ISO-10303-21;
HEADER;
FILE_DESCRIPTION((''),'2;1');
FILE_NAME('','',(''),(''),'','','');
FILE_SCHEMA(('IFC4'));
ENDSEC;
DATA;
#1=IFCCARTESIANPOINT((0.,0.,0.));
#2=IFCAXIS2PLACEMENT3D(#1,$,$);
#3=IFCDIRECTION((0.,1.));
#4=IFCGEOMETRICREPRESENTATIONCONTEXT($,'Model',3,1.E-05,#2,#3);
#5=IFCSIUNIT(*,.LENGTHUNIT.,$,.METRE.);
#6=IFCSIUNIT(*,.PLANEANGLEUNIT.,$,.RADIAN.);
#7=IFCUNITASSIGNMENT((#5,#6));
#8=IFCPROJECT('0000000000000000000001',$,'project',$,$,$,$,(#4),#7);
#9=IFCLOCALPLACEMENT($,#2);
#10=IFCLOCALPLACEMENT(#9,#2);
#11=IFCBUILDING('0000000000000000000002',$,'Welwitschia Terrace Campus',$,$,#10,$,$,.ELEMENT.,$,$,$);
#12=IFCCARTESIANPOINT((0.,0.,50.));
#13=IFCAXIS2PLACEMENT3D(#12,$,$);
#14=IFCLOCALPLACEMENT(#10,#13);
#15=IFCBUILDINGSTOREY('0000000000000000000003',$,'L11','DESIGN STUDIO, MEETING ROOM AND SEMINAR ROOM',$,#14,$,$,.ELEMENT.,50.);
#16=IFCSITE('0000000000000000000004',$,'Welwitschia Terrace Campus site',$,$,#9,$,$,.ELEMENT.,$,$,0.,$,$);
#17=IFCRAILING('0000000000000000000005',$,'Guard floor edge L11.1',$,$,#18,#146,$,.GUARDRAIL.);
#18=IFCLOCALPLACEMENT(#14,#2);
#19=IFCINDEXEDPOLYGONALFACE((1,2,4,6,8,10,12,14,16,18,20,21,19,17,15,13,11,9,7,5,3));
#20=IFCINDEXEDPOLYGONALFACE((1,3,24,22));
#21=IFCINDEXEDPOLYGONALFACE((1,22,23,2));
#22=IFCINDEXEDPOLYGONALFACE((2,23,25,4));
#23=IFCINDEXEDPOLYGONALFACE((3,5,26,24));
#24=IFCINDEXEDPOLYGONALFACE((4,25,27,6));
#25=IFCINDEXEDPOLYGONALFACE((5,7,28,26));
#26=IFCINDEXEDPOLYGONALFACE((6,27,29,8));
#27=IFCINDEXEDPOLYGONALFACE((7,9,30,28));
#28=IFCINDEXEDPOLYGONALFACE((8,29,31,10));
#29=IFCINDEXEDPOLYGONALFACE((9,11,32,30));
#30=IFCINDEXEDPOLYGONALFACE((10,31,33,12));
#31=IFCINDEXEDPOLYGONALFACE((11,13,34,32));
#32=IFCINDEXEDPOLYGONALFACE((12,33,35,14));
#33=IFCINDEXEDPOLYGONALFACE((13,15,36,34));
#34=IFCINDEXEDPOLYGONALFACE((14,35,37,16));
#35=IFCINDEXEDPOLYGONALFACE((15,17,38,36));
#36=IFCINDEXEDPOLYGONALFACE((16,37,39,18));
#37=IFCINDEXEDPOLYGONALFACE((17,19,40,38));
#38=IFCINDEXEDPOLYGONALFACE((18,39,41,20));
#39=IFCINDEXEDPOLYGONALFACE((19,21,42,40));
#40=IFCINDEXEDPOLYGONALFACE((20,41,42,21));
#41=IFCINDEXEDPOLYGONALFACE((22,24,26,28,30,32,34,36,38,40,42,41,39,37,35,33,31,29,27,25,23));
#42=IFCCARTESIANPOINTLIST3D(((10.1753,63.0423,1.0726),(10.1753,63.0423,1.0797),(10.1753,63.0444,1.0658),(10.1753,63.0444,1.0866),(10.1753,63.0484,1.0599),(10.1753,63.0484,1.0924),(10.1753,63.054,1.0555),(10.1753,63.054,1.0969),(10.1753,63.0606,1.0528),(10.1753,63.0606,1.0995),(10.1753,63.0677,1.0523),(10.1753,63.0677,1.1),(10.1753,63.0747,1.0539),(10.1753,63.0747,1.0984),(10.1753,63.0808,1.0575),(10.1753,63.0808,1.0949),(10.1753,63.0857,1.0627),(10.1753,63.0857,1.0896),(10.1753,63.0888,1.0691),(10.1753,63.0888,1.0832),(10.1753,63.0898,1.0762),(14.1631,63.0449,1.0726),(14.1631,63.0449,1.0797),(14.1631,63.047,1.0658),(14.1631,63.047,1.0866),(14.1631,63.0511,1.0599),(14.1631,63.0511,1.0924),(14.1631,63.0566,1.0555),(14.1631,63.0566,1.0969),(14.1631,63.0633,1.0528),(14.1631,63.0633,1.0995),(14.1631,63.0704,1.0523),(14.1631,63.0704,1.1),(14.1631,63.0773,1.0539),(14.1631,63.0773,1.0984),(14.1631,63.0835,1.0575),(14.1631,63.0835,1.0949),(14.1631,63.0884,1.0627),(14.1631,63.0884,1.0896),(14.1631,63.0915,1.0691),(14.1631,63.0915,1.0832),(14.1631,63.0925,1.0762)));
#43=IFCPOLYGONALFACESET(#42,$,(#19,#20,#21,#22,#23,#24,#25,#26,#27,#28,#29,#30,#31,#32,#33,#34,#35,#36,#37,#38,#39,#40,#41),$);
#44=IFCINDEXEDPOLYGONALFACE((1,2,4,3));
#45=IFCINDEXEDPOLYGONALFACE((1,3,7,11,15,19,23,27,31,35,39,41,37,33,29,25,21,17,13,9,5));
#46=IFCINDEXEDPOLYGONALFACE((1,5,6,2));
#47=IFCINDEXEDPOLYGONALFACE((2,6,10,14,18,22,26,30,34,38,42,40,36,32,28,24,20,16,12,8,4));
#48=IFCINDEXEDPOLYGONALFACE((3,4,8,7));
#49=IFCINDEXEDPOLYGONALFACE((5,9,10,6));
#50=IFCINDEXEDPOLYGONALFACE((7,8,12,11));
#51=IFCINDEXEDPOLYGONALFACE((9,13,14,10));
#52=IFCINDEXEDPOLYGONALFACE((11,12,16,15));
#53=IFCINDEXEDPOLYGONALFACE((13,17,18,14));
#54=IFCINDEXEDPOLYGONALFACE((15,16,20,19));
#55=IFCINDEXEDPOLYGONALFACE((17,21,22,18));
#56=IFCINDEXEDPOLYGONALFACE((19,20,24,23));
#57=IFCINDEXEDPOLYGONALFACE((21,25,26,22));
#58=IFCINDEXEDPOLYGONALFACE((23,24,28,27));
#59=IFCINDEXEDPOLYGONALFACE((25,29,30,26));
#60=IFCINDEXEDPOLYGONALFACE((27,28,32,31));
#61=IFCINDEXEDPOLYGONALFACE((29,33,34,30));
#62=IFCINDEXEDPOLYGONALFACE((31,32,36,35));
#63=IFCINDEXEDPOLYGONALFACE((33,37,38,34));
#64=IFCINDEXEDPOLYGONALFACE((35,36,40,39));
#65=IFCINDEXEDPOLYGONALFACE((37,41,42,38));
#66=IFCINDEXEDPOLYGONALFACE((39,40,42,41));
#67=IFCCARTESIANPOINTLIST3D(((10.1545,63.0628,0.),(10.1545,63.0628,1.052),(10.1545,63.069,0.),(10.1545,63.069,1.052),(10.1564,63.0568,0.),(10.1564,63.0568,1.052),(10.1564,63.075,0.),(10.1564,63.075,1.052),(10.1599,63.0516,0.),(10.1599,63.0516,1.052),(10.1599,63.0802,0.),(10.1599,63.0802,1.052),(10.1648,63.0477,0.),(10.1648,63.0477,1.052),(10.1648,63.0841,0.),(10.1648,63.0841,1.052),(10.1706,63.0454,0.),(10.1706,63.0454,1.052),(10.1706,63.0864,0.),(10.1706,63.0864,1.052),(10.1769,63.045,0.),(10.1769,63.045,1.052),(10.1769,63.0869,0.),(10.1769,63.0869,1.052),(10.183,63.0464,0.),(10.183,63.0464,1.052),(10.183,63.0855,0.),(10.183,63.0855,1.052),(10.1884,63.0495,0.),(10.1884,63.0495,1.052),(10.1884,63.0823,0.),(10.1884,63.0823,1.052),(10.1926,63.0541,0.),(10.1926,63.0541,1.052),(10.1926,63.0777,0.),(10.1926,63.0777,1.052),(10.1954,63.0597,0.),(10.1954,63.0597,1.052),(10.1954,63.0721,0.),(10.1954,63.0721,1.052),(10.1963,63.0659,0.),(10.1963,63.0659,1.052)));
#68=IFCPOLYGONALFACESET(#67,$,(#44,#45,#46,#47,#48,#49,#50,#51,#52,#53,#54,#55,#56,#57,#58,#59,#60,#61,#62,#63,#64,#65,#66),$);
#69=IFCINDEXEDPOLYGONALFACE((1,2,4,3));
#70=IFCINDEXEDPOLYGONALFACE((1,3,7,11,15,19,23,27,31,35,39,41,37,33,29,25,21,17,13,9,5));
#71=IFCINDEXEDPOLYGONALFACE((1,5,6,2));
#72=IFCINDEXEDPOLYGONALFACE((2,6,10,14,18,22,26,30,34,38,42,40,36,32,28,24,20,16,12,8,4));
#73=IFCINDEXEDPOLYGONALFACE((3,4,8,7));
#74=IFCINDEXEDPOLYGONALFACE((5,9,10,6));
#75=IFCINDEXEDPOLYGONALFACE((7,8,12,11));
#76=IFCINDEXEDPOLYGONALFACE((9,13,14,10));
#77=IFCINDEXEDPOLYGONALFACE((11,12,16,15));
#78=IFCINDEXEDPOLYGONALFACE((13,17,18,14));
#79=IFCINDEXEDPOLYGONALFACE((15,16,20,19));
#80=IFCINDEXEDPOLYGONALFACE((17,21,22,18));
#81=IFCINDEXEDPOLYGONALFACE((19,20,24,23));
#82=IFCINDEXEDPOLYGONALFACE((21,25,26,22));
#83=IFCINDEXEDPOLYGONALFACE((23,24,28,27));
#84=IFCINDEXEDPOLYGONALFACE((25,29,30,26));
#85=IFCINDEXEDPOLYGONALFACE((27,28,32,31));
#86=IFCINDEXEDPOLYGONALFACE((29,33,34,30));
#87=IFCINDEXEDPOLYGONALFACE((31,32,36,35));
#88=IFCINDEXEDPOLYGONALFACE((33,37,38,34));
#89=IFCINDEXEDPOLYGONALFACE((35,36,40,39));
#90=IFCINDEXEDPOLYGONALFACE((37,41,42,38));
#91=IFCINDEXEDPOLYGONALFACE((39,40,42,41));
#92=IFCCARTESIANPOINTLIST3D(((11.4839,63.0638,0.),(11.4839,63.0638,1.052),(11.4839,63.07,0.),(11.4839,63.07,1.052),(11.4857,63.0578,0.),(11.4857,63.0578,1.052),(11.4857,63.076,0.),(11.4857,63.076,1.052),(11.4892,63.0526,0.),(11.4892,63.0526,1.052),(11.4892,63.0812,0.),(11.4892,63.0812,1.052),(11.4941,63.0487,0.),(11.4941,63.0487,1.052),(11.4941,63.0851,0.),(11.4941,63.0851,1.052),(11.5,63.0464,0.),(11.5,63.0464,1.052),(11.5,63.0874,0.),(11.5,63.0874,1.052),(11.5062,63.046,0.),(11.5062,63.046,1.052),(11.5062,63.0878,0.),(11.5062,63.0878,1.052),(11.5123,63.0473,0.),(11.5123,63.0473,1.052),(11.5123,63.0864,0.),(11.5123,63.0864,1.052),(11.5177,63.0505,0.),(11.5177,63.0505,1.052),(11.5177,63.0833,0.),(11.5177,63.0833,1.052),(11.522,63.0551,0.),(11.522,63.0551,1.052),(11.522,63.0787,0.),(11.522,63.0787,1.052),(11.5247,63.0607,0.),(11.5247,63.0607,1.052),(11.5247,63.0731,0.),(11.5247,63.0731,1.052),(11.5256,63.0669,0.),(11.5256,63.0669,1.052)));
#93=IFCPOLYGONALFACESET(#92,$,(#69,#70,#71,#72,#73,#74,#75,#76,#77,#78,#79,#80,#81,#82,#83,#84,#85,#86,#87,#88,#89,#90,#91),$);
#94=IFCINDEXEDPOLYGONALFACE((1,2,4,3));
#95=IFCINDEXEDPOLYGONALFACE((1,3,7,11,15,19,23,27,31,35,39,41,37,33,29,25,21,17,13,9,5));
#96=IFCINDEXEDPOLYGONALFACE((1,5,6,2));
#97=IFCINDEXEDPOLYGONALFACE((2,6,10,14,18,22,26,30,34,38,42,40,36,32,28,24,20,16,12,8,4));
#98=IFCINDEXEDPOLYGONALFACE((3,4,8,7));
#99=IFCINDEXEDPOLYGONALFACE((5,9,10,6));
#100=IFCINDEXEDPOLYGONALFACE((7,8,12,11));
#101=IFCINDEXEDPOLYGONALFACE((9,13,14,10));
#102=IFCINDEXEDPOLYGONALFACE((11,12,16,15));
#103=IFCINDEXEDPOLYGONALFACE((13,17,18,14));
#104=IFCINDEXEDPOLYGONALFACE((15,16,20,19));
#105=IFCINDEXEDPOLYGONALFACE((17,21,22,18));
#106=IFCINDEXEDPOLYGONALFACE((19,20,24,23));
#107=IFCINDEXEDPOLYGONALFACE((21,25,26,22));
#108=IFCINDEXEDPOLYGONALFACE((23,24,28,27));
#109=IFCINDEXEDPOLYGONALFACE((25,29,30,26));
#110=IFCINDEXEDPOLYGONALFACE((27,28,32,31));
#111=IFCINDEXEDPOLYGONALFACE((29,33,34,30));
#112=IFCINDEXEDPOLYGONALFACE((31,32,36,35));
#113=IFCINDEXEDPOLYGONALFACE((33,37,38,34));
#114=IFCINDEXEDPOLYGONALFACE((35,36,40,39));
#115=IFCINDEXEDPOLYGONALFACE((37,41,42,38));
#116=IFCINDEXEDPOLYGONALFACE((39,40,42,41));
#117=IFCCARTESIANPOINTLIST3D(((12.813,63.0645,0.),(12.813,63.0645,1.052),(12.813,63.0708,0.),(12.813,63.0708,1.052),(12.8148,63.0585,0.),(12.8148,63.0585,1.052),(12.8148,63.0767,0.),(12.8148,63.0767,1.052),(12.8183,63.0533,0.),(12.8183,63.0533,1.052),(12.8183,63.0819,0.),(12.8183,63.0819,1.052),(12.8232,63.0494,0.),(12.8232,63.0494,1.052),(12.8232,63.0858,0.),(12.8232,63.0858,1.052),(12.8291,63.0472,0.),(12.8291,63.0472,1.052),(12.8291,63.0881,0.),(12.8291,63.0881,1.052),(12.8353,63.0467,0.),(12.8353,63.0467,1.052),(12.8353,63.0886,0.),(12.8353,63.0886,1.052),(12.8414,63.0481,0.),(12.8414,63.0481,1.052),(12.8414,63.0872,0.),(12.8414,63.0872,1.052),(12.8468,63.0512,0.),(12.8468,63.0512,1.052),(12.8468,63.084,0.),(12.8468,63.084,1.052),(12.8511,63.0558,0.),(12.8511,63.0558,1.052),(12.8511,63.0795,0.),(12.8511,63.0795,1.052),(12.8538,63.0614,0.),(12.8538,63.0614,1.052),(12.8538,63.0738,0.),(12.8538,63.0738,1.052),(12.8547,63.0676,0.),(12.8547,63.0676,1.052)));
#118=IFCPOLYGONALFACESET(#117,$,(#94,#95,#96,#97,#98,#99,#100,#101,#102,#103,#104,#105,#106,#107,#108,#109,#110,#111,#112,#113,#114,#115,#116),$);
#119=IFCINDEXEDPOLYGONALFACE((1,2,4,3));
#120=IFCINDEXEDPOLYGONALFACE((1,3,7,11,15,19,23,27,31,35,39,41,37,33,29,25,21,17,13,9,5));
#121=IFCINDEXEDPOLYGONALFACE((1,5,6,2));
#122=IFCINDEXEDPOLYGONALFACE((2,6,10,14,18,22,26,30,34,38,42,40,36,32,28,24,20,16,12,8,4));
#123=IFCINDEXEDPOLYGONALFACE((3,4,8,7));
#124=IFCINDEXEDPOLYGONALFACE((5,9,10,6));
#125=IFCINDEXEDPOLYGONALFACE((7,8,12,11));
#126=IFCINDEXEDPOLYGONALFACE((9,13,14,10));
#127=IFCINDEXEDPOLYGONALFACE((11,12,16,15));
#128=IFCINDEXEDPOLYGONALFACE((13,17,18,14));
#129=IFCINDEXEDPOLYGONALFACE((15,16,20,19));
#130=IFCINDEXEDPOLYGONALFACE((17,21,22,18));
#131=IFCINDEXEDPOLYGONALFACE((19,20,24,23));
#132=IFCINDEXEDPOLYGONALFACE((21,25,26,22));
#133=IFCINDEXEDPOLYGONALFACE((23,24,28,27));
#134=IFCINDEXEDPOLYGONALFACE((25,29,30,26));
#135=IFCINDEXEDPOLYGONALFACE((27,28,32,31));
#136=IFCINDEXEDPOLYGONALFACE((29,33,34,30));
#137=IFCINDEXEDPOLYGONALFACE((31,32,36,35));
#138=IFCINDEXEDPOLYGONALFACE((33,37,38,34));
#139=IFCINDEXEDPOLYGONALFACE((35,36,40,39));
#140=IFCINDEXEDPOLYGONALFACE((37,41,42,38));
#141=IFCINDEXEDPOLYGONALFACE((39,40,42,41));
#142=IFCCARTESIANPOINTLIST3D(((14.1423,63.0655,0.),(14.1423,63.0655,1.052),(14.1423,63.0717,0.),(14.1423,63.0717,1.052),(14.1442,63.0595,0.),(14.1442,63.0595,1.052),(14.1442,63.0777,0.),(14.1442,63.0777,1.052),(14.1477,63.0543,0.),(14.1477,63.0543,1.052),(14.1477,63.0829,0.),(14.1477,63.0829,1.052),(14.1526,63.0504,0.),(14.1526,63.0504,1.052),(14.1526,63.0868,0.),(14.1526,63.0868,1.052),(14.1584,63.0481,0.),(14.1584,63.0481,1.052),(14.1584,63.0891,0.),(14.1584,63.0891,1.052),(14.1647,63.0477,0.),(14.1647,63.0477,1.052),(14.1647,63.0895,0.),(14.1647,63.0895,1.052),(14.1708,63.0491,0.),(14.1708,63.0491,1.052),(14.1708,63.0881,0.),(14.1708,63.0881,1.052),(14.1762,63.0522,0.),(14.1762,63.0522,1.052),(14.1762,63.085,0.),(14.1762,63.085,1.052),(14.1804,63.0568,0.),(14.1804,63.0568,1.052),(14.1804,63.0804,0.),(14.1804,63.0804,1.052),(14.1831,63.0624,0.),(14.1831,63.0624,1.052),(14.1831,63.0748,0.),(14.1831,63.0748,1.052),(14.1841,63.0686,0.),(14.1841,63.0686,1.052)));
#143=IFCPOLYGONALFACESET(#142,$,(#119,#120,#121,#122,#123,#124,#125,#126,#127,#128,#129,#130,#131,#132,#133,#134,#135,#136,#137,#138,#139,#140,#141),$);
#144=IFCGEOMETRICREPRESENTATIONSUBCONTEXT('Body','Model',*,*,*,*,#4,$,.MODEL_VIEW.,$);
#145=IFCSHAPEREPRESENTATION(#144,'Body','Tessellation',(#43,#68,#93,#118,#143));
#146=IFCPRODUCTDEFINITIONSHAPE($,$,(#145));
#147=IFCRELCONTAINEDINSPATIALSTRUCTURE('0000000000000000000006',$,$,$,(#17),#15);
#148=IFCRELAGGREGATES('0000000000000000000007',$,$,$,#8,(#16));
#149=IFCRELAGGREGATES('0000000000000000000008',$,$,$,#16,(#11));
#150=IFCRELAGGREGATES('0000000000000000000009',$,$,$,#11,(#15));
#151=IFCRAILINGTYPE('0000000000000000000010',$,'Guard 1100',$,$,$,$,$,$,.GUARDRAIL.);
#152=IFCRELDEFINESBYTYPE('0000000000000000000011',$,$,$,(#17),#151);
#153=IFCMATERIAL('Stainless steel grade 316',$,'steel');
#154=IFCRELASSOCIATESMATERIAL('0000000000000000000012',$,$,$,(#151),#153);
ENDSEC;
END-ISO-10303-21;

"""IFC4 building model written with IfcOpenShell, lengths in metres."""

from ifc_helpers import new_model, si_unit, direction, frame, origin, origin_2d, place, context, subcontext, project, spatial, circle, extrude, material, type_object, element, save


model = new_model("IFC4")

# Units and contexts
model_context = context("Model", 3, precision=1e-05, world=origin(), true_north=direction((0.0, 1.0)))
body_context = subcontext(model_context, "Body", "Model", "MODEL_VIEW")
ifc_project = project(units=[si_unit("LENGTHUNIT", "METRE"), si_unit("PLANEANGLEUNIT", "RADIAN")], contexts=[model_context])

# Site, building, storey
site_placement = place(None, origin())
site = spatial("IfcSite", under=ifc_project, at=site_placement, Name="Welwitschia Terrace Campus site", CompositionType="ELEMENT", RefElevation=0.0)
building_placement = place(site_placement, origin())
building = spatial("IfcBuilding", under=site, at=building_placement, Name="Welwitschia Terrace Campus", CompositionType="ELEMENT")
storey_placement = place(building_placement, frame((0.0, 0.0, 50.0)))
storey = spatial("IfcBuildingStorey", under=building, at=storey_placement, Name="L11", Description="DESIGN STUDIO, MEETING ROOM AND SEMINAR ROOM", CompositionType="ELEMENT", Elevation=50.0)

# Railing
ifc_material_1 = material(Name="Stainless steel grade 316", Category="steel")
railing_type = type_object("IfcRailingType", Name="Guard 1100", PredefinedType="GUARDRAIL", material=ifc_material_1)
railing_1_placement = place(storey_placement, frame((10.1753, 63.0659, 0.0)))
element("IfcRailing", 1, at=railing_1_placement, inside=storey, type_object=railing_type, Name="Guard floor edge L11.1", PredefinedType="GUARDRAIL", context=body_context, shape_type="SweptSolid", body=[
    extrude(circle(Radius=0.0239, at=origin_2d()), frame((0.0, 0.0, 1.0762), z_axis=(1.0, 0.000673, 0.0), x_axis=(-0.000673, 1.0, 0.0)), (0.0, 0.0, 1.0), 3.9878),
    extrude(circle(Radius=0.021, at=origin_2d()), origin(), (0.0, 0.0, 1.0), 1.052),
    extrude(circle(Radius=0.021, at=origin_2d()), frame((1.3293, 0.001, 0.0)), (0.0, 0.0, 1.0), 1.052),
    extrude(circle(Radius=0.021, at=origin_2d()), frame((2.6584, 0.0017, 0.0)), (0.0, 0.0, 1.0), 1.052),
    extrude(circle(Radius=0.021, at=origin_2d()), frame((3.9878, 0.0027, 0.0)), (0.0, 0.0, 1.0), 1.052),
])

save(model, "model.ifc")
